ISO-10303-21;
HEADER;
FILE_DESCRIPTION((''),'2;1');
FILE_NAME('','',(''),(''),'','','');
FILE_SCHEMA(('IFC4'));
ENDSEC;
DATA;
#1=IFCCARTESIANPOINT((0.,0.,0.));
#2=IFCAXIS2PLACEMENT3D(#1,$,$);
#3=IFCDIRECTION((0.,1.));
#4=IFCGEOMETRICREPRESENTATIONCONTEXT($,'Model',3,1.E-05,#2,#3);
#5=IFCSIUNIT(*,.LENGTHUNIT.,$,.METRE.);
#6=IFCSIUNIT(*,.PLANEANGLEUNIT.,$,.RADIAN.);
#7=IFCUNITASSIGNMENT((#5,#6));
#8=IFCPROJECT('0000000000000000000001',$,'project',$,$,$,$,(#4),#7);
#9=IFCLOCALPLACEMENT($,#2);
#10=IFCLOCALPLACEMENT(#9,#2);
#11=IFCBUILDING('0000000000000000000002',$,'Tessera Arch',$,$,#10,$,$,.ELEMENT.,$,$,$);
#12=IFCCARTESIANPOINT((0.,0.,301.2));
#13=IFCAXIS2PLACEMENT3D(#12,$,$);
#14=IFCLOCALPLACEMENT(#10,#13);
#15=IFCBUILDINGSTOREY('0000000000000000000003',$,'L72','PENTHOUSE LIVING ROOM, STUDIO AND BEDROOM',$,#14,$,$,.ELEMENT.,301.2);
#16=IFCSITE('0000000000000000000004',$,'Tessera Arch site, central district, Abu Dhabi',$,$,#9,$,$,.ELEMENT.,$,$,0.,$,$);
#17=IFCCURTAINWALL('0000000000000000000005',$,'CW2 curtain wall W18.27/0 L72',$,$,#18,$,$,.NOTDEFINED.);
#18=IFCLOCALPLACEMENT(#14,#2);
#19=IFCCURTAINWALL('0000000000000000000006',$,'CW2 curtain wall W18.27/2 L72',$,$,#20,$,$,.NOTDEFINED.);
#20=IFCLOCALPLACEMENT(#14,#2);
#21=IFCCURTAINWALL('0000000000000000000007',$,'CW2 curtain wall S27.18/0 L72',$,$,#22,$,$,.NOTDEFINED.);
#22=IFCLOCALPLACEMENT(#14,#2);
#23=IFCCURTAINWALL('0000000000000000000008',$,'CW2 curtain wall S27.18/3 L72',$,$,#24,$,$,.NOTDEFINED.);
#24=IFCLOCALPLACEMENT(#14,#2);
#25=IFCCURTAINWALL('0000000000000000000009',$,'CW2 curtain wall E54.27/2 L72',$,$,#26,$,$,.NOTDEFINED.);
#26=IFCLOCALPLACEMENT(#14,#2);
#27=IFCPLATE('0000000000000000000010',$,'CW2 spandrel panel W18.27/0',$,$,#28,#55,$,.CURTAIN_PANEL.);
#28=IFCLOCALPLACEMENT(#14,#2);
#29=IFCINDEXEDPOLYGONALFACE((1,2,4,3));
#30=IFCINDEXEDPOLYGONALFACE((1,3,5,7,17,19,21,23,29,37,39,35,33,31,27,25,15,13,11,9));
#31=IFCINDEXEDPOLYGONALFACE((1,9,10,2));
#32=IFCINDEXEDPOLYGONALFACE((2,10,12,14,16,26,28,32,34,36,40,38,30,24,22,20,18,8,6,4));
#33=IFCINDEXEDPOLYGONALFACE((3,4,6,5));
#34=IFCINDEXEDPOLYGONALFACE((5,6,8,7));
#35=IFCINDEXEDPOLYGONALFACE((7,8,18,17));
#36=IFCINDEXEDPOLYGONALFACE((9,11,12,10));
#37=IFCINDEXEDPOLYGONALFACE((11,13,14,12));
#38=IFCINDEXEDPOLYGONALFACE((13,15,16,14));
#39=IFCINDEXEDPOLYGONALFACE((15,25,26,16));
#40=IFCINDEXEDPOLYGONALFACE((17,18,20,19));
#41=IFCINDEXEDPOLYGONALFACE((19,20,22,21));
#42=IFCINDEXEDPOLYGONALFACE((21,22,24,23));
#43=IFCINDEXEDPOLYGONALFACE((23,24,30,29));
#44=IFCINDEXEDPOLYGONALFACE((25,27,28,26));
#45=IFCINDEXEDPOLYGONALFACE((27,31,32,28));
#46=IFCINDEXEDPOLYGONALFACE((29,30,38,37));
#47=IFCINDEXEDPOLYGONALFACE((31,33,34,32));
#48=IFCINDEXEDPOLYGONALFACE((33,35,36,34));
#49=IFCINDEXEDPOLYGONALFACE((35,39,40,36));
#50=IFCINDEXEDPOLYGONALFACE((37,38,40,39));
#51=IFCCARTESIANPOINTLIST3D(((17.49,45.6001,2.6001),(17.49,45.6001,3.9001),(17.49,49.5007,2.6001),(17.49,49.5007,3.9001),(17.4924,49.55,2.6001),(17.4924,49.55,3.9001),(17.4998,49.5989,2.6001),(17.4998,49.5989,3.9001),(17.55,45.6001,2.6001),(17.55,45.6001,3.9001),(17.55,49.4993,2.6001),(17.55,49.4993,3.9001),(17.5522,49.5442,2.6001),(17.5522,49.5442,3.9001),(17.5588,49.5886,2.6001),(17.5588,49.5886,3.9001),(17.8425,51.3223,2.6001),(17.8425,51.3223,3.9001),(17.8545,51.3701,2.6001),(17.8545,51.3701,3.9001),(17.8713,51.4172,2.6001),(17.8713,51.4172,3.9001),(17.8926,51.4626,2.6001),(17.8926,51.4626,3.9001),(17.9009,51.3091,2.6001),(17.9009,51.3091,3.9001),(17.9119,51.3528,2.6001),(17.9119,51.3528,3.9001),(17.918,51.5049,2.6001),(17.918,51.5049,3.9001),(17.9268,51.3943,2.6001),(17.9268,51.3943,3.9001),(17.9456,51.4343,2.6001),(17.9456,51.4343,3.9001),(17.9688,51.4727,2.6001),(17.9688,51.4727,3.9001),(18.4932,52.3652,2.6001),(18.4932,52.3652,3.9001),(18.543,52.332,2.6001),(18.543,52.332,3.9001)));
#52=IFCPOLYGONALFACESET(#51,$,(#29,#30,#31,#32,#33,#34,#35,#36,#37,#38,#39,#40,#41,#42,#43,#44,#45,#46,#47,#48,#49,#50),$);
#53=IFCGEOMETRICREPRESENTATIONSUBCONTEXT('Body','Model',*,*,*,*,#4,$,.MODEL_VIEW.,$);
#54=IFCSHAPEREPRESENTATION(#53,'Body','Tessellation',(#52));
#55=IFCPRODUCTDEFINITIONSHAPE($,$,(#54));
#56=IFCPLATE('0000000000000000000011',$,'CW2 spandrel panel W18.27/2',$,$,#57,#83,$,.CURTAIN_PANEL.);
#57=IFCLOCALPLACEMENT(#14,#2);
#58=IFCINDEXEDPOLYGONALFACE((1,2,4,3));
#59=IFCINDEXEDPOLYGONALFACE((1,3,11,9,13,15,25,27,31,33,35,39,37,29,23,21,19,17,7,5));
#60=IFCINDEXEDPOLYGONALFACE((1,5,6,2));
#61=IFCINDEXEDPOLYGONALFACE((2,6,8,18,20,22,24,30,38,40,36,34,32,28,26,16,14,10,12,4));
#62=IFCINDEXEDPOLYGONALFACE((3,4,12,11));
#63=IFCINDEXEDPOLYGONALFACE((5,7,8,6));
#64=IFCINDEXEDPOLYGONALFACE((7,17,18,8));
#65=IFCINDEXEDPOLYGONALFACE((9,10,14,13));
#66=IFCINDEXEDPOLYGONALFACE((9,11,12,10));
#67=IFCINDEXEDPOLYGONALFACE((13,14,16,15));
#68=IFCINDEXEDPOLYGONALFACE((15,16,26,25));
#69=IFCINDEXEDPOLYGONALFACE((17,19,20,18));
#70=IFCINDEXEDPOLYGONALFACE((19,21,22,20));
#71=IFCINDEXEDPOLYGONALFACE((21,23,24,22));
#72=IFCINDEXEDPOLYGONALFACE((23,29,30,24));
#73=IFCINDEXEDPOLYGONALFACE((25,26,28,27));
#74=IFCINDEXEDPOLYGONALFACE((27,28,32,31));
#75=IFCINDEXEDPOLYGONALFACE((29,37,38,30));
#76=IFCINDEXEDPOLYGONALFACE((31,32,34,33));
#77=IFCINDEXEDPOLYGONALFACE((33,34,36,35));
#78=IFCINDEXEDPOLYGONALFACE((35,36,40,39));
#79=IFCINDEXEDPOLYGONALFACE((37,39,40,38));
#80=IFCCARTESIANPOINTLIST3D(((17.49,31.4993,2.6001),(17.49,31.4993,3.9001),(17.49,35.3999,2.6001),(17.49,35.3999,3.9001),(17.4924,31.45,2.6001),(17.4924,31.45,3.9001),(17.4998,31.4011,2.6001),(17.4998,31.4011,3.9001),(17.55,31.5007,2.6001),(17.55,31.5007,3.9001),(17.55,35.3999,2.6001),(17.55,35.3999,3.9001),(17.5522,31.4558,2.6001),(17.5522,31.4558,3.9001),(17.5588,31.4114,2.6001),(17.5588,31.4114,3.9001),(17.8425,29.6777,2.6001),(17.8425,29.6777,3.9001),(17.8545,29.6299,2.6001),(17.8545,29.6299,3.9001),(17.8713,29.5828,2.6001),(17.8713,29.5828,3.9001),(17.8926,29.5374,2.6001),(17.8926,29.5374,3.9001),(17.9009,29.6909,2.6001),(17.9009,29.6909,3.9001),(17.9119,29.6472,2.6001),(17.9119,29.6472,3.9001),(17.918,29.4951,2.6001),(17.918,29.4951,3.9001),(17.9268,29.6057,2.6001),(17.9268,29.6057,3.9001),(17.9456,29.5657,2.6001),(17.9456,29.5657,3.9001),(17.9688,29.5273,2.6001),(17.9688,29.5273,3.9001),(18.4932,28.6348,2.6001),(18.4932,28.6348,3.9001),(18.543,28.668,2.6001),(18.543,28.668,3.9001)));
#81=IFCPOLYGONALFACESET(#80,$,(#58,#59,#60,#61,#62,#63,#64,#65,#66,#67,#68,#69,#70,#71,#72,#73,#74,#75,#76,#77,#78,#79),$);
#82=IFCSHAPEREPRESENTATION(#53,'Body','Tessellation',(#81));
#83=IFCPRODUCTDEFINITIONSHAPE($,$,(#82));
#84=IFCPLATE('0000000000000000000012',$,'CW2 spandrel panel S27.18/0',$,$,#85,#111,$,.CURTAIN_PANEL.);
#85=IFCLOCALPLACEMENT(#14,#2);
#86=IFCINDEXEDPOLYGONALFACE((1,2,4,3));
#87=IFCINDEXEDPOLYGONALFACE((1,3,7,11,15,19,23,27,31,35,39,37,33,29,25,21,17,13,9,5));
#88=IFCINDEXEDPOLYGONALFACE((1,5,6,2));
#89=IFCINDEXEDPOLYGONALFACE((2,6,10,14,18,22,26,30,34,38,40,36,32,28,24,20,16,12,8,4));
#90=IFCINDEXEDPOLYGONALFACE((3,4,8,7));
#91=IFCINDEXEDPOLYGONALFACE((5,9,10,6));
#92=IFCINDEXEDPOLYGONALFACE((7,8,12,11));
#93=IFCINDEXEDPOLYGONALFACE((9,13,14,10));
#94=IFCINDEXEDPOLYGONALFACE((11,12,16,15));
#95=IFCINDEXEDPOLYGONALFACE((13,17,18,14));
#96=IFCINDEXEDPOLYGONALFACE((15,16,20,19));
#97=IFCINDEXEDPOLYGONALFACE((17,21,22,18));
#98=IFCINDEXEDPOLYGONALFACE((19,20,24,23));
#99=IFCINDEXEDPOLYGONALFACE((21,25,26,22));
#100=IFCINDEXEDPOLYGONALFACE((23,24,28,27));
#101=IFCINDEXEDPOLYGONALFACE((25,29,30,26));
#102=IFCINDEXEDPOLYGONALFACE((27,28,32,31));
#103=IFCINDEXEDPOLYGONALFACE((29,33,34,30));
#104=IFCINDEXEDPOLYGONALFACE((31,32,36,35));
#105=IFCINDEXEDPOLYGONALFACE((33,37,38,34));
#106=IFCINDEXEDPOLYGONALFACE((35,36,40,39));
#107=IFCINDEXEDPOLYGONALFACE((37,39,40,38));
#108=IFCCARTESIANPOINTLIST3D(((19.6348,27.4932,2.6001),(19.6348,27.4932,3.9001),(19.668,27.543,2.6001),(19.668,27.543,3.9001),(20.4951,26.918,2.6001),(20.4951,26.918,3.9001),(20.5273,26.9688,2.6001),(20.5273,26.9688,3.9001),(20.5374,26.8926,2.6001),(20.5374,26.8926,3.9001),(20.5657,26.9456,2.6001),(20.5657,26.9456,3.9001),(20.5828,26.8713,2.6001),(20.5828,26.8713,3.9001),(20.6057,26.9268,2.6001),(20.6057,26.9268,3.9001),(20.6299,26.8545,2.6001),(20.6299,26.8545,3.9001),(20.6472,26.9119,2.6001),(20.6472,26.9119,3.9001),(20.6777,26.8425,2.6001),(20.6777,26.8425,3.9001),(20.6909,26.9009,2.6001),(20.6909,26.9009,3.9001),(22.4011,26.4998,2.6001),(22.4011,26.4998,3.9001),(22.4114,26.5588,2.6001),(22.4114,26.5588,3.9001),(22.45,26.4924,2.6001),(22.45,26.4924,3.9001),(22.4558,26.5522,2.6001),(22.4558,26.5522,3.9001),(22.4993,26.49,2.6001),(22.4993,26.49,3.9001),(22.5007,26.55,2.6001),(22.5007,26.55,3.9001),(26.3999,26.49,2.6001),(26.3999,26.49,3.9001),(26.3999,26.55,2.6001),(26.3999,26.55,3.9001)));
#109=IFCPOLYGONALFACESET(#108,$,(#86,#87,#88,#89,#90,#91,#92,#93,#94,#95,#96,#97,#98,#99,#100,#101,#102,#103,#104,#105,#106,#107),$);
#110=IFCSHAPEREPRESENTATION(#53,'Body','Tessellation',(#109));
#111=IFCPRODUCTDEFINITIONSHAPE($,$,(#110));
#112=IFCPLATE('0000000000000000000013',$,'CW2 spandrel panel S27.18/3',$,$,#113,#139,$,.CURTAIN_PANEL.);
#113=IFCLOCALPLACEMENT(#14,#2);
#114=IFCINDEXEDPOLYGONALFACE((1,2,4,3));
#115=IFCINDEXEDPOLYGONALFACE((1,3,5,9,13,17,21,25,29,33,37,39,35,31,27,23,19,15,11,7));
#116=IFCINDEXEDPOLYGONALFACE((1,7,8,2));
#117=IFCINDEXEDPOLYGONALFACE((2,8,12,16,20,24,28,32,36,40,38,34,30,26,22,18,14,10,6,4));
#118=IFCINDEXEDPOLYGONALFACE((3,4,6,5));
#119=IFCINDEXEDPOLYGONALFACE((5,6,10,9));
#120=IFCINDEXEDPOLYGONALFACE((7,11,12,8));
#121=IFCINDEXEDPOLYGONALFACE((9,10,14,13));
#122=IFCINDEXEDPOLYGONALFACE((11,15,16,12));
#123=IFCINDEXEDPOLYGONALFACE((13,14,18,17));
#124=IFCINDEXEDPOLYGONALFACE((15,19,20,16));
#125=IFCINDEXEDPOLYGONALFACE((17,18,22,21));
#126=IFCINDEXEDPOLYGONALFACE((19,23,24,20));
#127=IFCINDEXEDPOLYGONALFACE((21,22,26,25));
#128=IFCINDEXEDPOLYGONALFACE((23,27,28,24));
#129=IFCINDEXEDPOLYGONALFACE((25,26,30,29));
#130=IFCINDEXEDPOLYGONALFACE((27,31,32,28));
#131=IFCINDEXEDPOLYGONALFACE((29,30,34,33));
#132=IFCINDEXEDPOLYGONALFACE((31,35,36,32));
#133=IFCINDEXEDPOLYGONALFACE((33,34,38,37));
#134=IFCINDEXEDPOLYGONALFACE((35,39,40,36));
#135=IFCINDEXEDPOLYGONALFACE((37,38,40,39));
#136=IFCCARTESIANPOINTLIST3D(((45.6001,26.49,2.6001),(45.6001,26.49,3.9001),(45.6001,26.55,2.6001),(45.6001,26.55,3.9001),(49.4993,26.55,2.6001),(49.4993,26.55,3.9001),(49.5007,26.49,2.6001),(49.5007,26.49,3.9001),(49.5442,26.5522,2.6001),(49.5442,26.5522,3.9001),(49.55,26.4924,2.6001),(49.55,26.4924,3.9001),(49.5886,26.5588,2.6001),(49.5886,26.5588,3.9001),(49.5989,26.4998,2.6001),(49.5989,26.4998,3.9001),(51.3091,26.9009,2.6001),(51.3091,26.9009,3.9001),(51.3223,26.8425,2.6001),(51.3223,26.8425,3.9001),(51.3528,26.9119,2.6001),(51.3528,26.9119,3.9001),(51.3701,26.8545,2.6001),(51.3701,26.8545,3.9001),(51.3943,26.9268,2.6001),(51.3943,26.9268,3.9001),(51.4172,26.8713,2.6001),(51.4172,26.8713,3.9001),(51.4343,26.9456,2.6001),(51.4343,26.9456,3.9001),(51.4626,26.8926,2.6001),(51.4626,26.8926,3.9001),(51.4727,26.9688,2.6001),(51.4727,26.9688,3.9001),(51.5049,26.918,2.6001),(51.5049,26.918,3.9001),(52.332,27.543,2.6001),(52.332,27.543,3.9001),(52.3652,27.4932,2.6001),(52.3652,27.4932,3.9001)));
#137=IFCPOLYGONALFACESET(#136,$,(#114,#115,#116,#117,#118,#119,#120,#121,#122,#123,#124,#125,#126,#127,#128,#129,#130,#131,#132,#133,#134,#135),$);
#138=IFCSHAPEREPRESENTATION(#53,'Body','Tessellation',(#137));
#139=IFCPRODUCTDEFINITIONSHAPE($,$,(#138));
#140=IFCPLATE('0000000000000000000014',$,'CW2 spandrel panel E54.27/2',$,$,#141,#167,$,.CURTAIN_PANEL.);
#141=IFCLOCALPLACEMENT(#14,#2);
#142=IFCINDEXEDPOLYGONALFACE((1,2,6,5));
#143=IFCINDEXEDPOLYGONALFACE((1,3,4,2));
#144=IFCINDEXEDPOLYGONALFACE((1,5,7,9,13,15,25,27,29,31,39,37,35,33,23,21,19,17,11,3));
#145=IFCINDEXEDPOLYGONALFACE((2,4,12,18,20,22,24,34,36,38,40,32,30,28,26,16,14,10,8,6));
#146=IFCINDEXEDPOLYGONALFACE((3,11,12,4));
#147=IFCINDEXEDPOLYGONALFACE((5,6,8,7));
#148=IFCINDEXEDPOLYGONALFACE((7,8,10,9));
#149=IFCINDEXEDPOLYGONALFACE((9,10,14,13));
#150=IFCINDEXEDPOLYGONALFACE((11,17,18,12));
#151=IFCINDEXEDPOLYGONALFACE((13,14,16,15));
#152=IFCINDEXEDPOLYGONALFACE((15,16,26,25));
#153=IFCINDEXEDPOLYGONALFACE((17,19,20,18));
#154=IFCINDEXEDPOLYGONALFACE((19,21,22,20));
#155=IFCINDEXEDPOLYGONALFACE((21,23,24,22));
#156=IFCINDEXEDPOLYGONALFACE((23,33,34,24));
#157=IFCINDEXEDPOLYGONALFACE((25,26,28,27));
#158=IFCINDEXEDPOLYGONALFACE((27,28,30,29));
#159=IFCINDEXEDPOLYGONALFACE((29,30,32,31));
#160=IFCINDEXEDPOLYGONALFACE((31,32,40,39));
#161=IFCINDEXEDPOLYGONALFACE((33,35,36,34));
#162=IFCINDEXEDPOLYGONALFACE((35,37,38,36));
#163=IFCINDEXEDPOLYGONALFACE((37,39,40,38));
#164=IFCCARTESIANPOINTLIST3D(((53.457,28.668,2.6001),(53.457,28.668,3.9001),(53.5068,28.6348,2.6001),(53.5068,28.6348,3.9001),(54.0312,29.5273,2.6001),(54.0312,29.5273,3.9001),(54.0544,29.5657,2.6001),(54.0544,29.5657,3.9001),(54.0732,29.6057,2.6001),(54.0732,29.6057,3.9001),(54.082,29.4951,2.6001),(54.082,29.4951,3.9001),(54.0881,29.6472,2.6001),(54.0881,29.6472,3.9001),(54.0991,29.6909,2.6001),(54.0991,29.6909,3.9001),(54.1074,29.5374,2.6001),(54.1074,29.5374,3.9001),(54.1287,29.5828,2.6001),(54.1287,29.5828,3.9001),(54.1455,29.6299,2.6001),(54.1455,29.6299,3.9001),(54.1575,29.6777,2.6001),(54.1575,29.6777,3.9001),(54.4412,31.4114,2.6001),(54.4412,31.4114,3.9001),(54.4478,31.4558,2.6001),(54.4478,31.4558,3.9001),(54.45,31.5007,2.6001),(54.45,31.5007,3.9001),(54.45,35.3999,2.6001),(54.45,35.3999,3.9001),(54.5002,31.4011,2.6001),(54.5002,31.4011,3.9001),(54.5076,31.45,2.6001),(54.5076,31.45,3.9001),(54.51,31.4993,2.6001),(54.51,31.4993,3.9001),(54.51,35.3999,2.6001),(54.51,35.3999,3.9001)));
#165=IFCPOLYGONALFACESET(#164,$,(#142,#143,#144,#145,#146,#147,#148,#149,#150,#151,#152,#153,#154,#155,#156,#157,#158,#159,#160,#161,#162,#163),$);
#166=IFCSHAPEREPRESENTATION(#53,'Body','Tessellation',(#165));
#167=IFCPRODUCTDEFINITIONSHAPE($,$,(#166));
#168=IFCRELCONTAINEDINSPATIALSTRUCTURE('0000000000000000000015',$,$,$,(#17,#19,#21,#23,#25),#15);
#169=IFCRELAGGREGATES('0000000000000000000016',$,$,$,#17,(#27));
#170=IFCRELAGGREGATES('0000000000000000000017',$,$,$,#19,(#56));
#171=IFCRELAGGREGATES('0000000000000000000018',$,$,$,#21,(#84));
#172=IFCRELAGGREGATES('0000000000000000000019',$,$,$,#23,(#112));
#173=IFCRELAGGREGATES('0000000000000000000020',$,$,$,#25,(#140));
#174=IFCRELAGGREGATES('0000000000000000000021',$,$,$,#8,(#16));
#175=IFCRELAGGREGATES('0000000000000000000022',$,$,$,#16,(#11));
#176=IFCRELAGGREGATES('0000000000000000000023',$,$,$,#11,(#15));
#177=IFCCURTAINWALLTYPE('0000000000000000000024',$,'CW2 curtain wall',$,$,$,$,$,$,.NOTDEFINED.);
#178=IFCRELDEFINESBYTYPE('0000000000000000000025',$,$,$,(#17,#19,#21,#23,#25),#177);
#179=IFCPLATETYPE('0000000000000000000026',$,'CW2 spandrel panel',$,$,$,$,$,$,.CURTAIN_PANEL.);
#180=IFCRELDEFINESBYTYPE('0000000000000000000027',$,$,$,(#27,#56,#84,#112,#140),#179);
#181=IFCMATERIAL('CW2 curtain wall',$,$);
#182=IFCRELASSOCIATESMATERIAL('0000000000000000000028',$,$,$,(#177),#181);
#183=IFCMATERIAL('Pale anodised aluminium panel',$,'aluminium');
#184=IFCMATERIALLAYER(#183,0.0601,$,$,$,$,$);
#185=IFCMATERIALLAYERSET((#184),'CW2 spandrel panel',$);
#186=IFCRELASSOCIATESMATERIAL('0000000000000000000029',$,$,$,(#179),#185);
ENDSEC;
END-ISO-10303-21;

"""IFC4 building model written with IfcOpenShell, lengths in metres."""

from ifc_helpers import new_model, si_unit, direction, frame, origin, place, context, subcontext, project, spatial, polyline, outline, extrude, material, layer, layer_set, type_object, element, aggregate, save


model = new_model("IFC4")

# Units and contexts
model_context = context("Model", 3, precision=1e-05, world=origin(), true_north=direction((0.0, 1.0)))
body_context = subcontext(model_context, "Body", "Model", "MODEL_VIEW")
ifc_project = project(units=[si_unit("LENGTHUNIT", "METRE"), si_unit("PLANEANGLEUNIT", "RADIAN")], contexts=[model_context])

# Site, building, storey
site_placement = place(None, origin())
site = spatial("IfcSite", under=ifc_project, at=site_placement, Name="Tessera Arch site, central district, Abu Dhabi", CompositionType="ELEMENT", RefElevation=0.0)
building_placement = place(site_placement, origin())
building = spatial("IfcBuilding", under=site, at=building_placement, Name="Tessera Arch", CompositionType="ELEMENT")
storey_placement = place(building_placement, frame((0.0, 0.0, 301.2)))
storey = spatial("IfcBuildingStorey", under=building, at=storey_placement, Name="L72", Description="PENTHOUSE LIVING ROOM, STUDIO AND BEDROOM", CompositionType="ELEMENT", Elevation=301.2)

# Curtain walls
ifc_material_1 = material(Name="CW2 curtain wall")
curtain_wall_type = type_object("IfcCurtainWallType", Name="CW2 curtain wall", PredefinedType="NOTDEFINED", material=ifc_material_1)
curtain_wall_1_placement = place(storey_placement, origin())
curtain_wall_1 = element("IfcCurtainWall", 1, at=curtain_wall_1_placement, inside=storey, type_object=curtain_wall_type, Name="CW2 curtain wall W18.27/0 L72", PredefinedType="NOTDEFINED")
curtain_wall_2_placement = place(storey_placement, origin())
curtain_wall_2 = element("IfcCurtainWall", 2, at=curtain_wall_2_placement, inside=storey, type_object=curtain_wall_type, Name="CW2 curtain wall W18.27/2 L72", PredefinedType="NOTDEFINED")
curtain_wall_3_placement = place(storey_placement, origin())
curtain_wall_3 = element("IfcCurtainWall", 3, at=curtain_wall_3_placement, inside=storey, type_object=curtain_wall_type, Name="CW2 curtain wall S27.18/0 L72", PredefinedType="NOTDEFINED")
curtain_wall_4_placement = place(storey_placement, origin())
curtain_wall_4 = element("IfcCurtainWall", 4, at=curtain_wall_4_placement, inside=storey, type_object=curtain_wall_type, Name="CW2 curtain wall S27.18/3 L72", PredefinedType="NOTDEFINED")
curtain_wall_5_placement = place(storey_placement, origin())
curtain_wall_5 = element("IfcCurtainWall", 5, at=curtain_wall_5_placement, inside=storey, type_object=curtain_wall_type, Name="CW2 curtain wall E54.27/2 L72", PredefinedType="NOTDEFINED")

# Plates
ifc_material_2 = material(Name="Pale anodised aluminium panel", Category="aluminium")
ifc_layer_1 = layer(ifc_material_2, 0.0601)
ifc_layer_set_1 = layer_set([ifc_layer_1], Name="CW2 spandrel panel")
plate_type_1 = type_object("IfcPlateType", Name="CW2 spandrel panel", PredefinedType="CURTAIN_PANEL", material=ifc_layer_set_1)
plate_1_placement = place(storey_placement, frame((0.0, 0.0, 2.6001)))
plate_1 = element("IfcPlate", 6, at=plate_1_placement, type_object=plate_type_1, Name="CW2 spandrel panel W18.27/0", PredefinedType="CURTAIN_PANEL", context=body_context, shape_type="SweptSolid", body=[
    extrude(outline(polyline([(17.9688, 51.4727), (18.543, 52.332), (18.4932, 52.3652), (17.918, 51.5049), (17.8926, 51.4626), (17.8713, 51.4172), (17.8545, 51.3701), (17.8425, 51.3223), (17.4998, 49.5989), (17.4924, 49.55), (17.49, 49.5007), (17.49, 45.6001), (17.55, 45.6001), (17.55, 49.4993), (17.5522, 49.5442), (17.5588, 49.5886), (17.9009, 51.3091), (17.9119, 51.3528), (17.9268, 51.3943), (17.9456, 51.4343), (17.9688, 51.4727)])), origin(), (0.0, 0.0, 1.0), 1.3),
])
aggregate(curtain_wall_1, [plate_1])
plate_2_placement = place(storey_placement, frame((0.0, 0.0, 2.6001)))
plate_2 = element("IfcPlate", 7, at=plate_2_placement, type_object=plate_type_1, Name="CW2 spandrel panel W18.27/2", PredefinedType="CURTAIN_PANEL", context=body_context, shape_type="SweptSolid", body=[
    extrude(outline(polyline([(17.55, 31.5007), (17.55, 35.3999), (17.49, 35.3999), (17.49, 31.4993), (17.4924, 31.45), (17.4998, 31.4011), (17.8425, 29.6777), (17.8545, 29.6299), (17.8713, 29.5828), (17.8926, 29.5374), (17.918, 29.4951), (18.4932, 28.6348), (18.543, 28.668), (17.9688, 29.5273), (17.9456, 29.5657), (17.9268, 29.6057), (17.9119, 29.6472), (17.9009, 29.6909), (17.5588, 31.4114), (17.5522, 31.4558), (17.55, 31.5007)])), origin(), (0.0, 0.0, 1.0), 1.3),
])
aggregate(curtain_wall_2, [plate_2])
plate_3_placement = place(storey_placement, frame((0.0, 0.0, 2.6001)))
plate_3 = element("IfcPlate", 8, at=plate_3_placement, type_object=plate_type_1, Name="CW2 spandrel panel S27.18/0", PredefinedType="CURTAIN_PANEL", context=body_context, shape_type="SweptSolid", body=[
    extrude(outline(polyline([(20.5273, 26.9688), (19.668, 27.543), (19.6348, 27.4932), (20.4951, 26.918), (20.5374, 26.8926), (20.5828, 26.8713), (20.6299, 26.8545), (20.6777, 26.8425), (22.4011, 26.4998), (22.45, 26.4924), (22.4993, 26.49), (26.3999, 26.49), (26.3999, 26.55), (22.5007, 26.55), (22.4558, 26.5522), (22.4114, 26.5588), (20.6909, 26.9009), (20.6472, 26.9119), (20.6057, 26.9268), (20.5657, 26.9456), (20.5273, 26.9688)])), origin(), (0.0, 0.0, 1.0), 1.3),
])
aggregate(curtain_wall_3, [plate_3])
plate_4_placement = place(storey_placement, frame((0.0, 0.0, 2.6001)))
plate_4 = element("IfcPlate", 9, at=plate_4_placement, type_object=plate_type_1, Name="CW2 spandrel panel S27.18/3", PredefinedType="CURTAIN_PANEL", context=body_context, shape_type="SweptSolid", body=[
    extrude(outline(polyline([(49.4993, 26.55), (45.6001, 26.55), (45.6001, 26.49), (49.5007, 26.49), (49.55, 26.4924), (49.5989, 26.4998), (51.3223, 26.8425), (51.3701, 26.8545), (51.4172, 26.8713), (51.4626, 26.8926), (51.5049, 26.918), (52.3652, 27.4932), (52.332, 27.543), (51.4727, 26.9688), (51.4343, 26.9456), (51.3943, 26.9268), (51.3528, 26.9119), (51.3091, 26.9009), (49.5886, 26.5588), (49.5442, 26.5522), (49.4993, 26.55)])), origin(), (0.0, 0.0, 1.0), 1.3),
])
aggregate(curtain_wall_4, [plate_4])
plate_5_placement = place(storey_placement, frame((0.0, 0.0, 2.6001)))
plate_5 = element("IfcPlate", 10, at=plate_5_placement, type_object=plate_type_1, Name="CW2 spandrel panel E54.27/2", PredefinedType="CURTAIN_PANEL", context=body_context, shape_type="SweptSolid", body=[
    extrude(outline(polyline([(54.0312, 29.5273), (53.457, 28.668), (53.5068, 28.6348), (54.082, 29.4951), (54.1074, 29.5374), (54.1287, 29.5828), (54.1455, 29.6299), (54.1575, 29.6777), (54.5002, 31.4011), (54.5076, 31.45), (54.51, 31.4993), (54.51, 35.3999), (54.45, 35.3999), (54.45, 31.5007), (54.4478, 31.4558), (54.4412, 31.4114), (54.0991, 29.6909), (54.0881, 29.6472), (54.0732, 29.6057), (54.0544, 29.5657), (54.0312, 29.5273)])), origin(), (0.0, 0.0, 1.0), 1.3),
])
aggregate(curtain_wall_5, [plate_5])

save(model, "model.ifc")
